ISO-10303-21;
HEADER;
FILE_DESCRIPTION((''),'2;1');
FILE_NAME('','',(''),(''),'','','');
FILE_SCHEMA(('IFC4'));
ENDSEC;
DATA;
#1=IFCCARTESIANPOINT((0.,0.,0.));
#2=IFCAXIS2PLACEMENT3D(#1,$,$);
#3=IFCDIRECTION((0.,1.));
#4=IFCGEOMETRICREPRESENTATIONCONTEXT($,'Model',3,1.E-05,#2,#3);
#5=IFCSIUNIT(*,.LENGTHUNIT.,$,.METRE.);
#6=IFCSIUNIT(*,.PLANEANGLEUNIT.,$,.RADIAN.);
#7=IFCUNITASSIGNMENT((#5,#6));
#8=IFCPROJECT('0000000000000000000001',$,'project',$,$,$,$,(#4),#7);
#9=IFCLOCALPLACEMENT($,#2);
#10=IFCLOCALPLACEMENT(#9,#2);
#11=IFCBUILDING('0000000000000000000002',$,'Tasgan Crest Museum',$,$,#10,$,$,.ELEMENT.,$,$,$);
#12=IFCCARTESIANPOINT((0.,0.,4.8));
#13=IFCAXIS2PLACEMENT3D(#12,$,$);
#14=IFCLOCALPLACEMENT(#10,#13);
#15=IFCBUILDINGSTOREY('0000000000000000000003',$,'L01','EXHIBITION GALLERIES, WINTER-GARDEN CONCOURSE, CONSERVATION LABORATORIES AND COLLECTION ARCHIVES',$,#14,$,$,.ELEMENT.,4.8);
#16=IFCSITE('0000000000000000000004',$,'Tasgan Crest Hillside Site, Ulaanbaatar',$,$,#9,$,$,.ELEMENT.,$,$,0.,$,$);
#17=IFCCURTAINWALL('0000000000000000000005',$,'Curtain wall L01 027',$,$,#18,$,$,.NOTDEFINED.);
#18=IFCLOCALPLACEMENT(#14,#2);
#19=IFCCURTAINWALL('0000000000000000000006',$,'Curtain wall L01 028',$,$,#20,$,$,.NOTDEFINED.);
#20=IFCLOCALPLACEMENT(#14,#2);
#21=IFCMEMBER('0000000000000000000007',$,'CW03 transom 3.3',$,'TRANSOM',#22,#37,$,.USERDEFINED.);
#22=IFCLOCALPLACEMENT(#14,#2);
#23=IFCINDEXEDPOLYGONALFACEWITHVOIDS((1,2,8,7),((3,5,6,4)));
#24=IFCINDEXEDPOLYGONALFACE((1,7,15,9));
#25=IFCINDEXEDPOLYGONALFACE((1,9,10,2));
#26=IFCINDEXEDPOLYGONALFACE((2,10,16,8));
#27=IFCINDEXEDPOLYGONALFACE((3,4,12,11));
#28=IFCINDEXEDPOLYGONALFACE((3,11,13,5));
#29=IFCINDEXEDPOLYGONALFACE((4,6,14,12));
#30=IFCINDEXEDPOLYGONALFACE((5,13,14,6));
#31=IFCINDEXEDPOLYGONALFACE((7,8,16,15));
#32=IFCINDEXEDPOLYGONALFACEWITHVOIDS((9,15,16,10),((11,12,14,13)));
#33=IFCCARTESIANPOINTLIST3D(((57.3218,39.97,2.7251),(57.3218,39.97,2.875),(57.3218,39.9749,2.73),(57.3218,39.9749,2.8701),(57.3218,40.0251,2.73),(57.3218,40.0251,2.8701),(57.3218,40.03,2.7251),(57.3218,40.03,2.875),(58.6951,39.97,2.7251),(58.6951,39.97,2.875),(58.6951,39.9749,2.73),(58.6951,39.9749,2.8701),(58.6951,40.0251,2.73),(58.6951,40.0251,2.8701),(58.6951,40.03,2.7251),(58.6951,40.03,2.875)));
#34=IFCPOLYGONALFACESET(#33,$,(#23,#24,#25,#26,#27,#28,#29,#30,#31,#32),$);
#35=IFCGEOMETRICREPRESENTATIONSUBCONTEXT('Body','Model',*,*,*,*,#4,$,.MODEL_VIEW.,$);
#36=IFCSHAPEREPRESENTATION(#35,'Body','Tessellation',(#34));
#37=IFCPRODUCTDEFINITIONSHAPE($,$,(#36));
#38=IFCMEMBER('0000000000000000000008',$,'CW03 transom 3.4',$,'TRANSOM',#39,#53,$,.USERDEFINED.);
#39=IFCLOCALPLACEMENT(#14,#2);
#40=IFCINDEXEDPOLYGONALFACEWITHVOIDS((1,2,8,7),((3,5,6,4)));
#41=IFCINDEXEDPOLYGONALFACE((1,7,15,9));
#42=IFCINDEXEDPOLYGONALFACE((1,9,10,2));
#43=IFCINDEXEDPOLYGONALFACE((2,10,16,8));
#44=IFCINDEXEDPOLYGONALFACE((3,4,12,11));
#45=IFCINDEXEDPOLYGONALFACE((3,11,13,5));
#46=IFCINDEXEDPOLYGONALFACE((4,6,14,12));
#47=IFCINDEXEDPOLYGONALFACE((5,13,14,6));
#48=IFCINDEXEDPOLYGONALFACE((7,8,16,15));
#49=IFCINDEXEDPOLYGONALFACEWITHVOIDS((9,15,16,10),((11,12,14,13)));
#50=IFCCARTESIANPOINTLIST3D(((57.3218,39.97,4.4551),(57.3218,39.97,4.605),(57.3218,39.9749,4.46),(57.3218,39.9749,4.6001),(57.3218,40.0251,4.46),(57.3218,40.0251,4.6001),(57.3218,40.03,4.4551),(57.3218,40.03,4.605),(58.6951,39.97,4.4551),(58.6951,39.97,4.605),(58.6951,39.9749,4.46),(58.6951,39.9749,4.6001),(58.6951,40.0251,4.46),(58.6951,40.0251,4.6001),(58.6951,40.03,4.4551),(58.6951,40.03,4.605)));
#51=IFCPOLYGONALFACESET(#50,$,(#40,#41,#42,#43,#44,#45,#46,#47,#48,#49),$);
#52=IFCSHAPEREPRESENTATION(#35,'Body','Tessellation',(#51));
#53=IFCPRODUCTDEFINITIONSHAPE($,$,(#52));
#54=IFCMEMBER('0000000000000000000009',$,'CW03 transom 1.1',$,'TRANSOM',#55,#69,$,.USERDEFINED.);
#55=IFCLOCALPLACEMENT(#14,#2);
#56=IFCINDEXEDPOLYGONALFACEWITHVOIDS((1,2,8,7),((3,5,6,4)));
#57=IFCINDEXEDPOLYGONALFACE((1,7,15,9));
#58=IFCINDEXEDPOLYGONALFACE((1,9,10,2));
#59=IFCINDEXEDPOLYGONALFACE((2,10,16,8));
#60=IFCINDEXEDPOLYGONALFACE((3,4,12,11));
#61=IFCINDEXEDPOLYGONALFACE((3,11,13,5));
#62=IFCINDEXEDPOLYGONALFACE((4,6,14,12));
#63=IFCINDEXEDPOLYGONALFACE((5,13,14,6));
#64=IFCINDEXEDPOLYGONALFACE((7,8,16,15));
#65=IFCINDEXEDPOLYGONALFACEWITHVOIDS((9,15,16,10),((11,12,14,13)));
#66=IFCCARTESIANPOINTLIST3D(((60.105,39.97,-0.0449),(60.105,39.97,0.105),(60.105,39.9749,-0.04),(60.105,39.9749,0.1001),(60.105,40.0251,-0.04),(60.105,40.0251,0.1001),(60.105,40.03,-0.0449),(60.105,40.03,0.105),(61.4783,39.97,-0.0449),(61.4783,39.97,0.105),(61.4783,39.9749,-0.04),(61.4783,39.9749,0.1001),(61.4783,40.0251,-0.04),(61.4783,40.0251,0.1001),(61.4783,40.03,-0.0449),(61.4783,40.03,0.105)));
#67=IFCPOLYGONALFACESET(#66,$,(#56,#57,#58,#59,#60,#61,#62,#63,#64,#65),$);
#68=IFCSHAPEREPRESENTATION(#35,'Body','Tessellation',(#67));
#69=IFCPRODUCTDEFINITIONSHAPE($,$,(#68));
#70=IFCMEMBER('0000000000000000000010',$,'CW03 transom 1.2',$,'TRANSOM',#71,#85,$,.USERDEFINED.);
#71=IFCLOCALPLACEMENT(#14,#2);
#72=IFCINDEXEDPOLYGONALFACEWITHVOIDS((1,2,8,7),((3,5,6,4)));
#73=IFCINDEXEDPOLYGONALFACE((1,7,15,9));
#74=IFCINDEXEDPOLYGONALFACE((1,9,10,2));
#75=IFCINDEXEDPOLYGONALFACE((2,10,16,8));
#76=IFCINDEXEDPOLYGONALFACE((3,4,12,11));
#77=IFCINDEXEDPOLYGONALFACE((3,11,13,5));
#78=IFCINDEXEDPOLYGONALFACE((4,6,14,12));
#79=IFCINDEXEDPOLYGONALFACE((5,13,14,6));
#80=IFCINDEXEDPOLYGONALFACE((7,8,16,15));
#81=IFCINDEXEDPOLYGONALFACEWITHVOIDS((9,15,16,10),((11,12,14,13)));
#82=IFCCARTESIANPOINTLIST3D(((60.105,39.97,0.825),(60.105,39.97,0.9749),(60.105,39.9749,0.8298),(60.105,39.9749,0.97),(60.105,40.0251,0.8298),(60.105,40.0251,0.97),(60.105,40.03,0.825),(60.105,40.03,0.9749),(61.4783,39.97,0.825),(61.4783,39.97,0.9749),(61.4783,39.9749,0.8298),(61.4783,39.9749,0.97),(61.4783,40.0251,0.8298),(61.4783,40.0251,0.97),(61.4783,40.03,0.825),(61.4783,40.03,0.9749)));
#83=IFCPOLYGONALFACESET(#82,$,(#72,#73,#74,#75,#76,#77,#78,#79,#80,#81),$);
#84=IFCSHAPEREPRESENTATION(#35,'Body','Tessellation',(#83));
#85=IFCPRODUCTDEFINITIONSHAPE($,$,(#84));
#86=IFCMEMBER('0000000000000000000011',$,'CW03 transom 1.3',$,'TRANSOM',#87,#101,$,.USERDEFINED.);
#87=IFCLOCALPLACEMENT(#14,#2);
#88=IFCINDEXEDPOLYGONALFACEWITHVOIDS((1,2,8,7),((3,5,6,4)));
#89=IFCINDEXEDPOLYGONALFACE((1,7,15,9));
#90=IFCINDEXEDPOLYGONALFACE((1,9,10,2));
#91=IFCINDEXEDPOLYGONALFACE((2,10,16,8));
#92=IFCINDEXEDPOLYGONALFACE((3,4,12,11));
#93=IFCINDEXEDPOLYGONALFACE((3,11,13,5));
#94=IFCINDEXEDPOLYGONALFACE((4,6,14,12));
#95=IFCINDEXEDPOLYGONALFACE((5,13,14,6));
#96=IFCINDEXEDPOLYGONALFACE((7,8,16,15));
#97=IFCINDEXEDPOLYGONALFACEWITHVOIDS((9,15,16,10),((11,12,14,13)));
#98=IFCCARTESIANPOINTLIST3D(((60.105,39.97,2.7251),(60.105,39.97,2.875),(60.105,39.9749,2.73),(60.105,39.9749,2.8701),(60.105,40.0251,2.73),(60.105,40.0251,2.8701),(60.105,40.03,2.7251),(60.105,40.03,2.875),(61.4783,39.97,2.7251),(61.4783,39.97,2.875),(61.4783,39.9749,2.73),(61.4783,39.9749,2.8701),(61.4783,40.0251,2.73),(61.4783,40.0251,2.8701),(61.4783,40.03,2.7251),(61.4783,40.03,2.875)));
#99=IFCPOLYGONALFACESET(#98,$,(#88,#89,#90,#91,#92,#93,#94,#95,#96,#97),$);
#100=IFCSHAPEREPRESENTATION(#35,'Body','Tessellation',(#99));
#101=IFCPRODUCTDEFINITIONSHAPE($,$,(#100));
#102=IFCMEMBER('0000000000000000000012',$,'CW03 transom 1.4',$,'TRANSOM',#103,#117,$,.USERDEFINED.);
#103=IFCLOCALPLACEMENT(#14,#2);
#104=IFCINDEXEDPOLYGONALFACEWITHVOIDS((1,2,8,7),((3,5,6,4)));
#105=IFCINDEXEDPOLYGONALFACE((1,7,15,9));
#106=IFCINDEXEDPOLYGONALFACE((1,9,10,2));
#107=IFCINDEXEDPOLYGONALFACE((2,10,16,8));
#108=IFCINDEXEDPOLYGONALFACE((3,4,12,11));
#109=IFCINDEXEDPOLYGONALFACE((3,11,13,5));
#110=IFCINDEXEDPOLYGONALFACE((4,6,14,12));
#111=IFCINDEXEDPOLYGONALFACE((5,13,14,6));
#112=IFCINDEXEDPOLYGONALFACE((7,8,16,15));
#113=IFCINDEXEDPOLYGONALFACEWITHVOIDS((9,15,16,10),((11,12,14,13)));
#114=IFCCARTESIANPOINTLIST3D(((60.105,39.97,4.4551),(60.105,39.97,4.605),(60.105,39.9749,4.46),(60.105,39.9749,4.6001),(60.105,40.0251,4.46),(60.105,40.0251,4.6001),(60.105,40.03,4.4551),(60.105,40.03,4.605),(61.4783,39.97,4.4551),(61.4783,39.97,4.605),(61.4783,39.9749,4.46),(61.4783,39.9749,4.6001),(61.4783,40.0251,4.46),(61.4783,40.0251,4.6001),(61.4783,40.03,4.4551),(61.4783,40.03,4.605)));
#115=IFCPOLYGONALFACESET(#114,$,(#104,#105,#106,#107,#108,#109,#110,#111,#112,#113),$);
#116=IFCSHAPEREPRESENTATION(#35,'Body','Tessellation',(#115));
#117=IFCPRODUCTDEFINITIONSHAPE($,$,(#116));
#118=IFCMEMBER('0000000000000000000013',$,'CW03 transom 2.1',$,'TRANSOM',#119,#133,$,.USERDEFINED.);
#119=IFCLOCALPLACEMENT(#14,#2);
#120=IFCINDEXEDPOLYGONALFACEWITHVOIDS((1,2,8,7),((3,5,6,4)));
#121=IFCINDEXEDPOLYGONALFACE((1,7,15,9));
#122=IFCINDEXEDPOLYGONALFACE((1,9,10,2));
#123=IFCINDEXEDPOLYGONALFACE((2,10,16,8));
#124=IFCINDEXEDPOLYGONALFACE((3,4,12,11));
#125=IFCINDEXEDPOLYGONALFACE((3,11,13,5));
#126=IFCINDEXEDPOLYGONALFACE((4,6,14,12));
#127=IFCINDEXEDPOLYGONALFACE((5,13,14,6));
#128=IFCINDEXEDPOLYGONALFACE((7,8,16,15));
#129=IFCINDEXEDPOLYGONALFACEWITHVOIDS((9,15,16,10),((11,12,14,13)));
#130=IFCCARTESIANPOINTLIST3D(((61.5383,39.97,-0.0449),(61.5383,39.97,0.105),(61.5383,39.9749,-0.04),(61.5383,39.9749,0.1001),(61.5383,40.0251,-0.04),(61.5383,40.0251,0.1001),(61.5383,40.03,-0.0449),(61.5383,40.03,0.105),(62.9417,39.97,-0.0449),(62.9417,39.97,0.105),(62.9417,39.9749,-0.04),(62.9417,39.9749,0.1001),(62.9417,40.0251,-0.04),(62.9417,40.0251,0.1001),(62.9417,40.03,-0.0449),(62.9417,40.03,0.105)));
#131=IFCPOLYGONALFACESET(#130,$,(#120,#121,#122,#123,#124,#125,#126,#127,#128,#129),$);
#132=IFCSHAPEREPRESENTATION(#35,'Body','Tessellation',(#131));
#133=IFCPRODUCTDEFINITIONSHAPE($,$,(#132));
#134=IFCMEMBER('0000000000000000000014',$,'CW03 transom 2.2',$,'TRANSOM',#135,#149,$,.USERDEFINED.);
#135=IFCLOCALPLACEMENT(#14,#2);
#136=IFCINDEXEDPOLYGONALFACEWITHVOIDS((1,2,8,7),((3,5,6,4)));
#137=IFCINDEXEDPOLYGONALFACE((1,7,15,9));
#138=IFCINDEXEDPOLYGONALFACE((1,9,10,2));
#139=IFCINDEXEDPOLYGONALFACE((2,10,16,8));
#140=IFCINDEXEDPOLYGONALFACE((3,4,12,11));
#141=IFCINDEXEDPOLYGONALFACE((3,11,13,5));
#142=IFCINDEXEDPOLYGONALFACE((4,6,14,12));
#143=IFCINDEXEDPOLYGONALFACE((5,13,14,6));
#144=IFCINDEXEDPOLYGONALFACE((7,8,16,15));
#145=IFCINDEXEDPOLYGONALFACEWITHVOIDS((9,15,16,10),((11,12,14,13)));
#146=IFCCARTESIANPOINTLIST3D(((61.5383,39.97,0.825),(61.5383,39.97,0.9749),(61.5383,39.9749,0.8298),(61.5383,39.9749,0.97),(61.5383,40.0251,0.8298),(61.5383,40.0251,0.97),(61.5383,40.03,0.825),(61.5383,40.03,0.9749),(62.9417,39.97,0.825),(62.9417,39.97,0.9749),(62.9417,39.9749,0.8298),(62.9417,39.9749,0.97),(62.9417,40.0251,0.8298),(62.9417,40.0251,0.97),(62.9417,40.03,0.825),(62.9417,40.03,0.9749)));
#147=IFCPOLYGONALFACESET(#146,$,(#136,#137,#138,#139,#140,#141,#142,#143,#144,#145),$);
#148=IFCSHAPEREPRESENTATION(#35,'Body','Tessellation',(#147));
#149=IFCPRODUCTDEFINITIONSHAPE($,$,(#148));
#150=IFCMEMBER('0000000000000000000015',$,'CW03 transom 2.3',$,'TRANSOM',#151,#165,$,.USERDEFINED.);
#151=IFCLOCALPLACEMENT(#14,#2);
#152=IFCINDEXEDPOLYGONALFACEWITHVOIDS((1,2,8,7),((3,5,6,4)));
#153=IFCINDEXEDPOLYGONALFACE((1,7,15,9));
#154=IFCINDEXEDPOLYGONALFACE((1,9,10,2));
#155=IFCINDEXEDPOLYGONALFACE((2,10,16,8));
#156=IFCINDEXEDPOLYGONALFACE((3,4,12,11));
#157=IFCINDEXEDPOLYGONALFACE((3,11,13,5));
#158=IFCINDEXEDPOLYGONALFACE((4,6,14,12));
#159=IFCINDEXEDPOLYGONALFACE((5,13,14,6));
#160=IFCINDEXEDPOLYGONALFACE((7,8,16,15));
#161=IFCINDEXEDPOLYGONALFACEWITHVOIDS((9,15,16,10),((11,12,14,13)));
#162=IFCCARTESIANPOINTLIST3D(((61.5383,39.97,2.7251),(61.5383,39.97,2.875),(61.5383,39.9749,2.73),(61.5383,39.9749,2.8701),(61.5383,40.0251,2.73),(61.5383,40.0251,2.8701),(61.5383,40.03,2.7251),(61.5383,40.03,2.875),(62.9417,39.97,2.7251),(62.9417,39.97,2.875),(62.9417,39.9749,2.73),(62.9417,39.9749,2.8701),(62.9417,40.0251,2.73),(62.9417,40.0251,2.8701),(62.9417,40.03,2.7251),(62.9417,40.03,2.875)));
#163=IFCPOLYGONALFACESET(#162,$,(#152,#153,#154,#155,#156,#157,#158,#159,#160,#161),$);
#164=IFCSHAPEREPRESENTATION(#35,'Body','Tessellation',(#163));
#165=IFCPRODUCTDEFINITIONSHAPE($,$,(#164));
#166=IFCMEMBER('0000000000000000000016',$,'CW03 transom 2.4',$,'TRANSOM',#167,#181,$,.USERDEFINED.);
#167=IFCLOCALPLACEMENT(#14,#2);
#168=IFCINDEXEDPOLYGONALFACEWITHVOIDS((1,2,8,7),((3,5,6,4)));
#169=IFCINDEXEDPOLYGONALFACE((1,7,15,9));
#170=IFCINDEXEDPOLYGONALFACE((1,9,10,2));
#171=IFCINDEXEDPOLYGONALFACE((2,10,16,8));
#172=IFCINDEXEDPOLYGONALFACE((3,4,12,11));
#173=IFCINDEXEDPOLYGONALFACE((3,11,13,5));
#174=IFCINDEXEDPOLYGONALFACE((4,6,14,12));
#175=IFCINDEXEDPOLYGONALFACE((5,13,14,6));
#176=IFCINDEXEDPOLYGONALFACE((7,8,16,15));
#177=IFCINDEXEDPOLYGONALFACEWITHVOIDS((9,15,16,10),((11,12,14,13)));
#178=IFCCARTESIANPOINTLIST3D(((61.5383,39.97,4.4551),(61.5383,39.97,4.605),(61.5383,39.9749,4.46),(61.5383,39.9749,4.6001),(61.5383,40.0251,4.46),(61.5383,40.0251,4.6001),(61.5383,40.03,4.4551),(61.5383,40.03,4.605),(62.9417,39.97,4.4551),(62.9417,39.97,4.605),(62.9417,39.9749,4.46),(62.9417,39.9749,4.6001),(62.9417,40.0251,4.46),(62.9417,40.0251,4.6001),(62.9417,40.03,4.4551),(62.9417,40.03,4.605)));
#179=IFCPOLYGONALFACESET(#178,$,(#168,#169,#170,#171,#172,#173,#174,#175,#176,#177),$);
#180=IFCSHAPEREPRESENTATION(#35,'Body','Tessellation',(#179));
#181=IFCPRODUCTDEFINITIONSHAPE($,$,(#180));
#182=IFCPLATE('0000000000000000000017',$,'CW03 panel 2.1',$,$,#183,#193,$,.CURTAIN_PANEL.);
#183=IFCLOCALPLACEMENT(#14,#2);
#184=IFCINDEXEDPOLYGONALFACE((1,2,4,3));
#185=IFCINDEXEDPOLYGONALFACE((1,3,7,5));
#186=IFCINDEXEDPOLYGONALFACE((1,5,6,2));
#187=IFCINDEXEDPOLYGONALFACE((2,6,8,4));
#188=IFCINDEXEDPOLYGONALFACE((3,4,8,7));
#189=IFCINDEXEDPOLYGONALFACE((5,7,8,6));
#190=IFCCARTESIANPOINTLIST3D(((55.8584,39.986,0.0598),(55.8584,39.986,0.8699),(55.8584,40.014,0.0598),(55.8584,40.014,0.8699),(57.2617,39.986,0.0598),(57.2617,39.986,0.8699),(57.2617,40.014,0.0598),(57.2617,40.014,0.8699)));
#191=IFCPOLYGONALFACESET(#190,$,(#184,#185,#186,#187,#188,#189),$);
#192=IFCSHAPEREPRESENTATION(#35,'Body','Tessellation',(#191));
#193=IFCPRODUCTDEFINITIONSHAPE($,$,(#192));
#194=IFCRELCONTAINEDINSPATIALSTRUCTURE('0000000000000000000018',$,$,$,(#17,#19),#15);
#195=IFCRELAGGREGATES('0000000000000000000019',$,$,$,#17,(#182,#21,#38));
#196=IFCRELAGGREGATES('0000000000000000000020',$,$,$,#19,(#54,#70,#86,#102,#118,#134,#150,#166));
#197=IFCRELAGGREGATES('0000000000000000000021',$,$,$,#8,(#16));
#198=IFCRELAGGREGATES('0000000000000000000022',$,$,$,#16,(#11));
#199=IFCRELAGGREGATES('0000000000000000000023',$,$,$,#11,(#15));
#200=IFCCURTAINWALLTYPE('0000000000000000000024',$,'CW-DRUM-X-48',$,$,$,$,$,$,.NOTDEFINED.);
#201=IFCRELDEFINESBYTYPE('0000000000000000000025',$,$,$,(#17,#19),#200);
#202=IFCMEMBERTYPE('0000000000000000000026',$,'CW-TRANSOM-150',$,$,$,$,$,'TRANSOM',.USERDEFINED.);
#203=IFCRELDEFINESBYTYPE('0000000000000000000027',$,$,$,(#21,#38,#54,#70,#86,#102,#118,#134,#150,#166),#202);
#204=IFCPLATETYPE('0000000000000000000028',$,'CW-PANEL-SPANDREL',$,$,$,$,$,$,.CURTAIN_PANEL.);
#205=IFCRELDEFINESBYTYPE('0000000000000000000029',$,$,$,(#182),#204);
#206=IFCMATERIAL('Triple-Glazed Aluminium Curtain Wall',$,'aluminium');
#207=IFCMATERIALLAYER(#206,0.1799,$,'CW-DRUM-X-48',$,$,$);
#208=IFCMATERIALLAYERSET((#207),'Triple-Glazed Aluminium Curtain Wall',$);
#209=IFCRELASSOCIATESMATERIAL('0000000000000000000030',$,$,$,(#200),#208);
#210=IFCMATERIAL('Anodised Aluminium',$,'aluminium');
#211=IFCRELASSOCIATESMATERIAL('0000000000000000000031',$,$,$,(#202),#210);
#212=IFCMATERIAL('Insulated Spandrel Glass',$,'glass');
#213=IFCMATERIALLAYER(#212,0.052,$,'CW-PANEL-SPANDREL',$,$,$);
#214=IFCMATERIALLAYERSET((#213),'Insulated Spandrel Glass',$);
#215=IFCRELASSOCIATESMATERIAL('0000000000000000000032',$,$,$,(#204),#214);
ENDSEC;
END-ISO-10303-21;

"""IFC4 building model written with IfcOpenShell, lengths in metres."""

from ifc_helpers import new_model, si_unit, direction, frame, origin, origin_2d, place, context, subcontext, project, spatial, rectangle, hollow_rectangle, extrude, material, layer, layer_set, material_profile, profile_set, type_object, element, aggregate, save


model = new_model("IFC4")

# Units and contexts
model_context = context("Model", 3, precision=1e-05, world=origin(), true_north=direction((0.0, 1.0)))
body_context = subcontext(model_context, "Body", "Model", "MODEL_VIEW")
ifc_project = project(units=[si_unit("LENGTHUNIT", "METRE"), si_unit("PLANEANGLEUNIT", "RADIAN")], contexts=[model_context])

# Site, building, storey
site_placement = place(None, origin())
site = spatial("IfcSite", under=ifc_project, at=site_placement, Name="Tasgan Crest Hillside Site, Ulaanbaatar", CompositionType="ELEMENT", RefElevation=0.0)
building_placement = place(site_placement, origin())
building = spatial("IfcBuilding", under=site, at=building_placement, Name="Tasgan Crest Museum", CompositionType="ELEMENT")
storey_placement = place(building_placement, frame((0.0, 0.0, 4.8)))
storey = spatial("IfcBuildingStorey", under=building, at=storey_placement, Name="L01", Description="EXHIBITION GALLERIES, WINTER-GARDEN CONCOURSE, CONSERVATION LABORATORIES AND COLLECTION ARCHIVES", CompositionType="ELEMENT", Elevation=4.8)

# Curtain walls
ifc_material_1 = material(Name="Triple-Glazed Aluminium Curtain Wall", Category="aluminium")
ifc_layer_1 = layer(ifc_material_1, 0.1799, Name="CW-DRUM-X-48")
ifc_layer_set_1 = layer_set([ifc_layer_1], Name="Triple-Glazed Aluminium Curtain Wall")
curtain_wall_type = type_object("IfcCurtainWallType", Name="CW-DRUM-X-48", PredefinedType="NOTDEFINED", material=ifc_layer_set_1)
curtain_wall_1_placement = place(storey_placement, origin())
curtain_wall_1 = element("IfcCurtainWall", 1, at=curtain_wall_1_placement, inside=storey, type_object=curtain_wall_type, Name="Curtain wall L01 027", PredefinedType="NOTDEFINED")
curtain_wall_2_placement = place(storey_placement, origin())
curtain_wall_2 = element("IfcCurtainWall", 2, at=curtain_wall_2_placement, inside=storey, type_object=curtain_wall_type, Name="Curtain wall L01 028", PredefinedType="NOTDEFINED")

# Members
ifc_material_2 = material(Name="Anodised Aluminium", Category="aluminium")
ifc_material_profile_1 = material_profile(ifc_material_2, hollow_rectangle(XDim=0.0601, YDim=0.1499, WallThickness=0.0049, at=origin_2d()), Name="ALU TRANSOM 150x60x5")
ifc_profile_set_1 = profile_set([ifc_material_profile_1], Name="Anodised Aluminium")
member_type_1 = type_object("IfcMemberType", Name="CW-TRANSOM-150", ElementType="TRANSOM", PredefinedType="USERDEFINED", material=ifc_profile_set_1)
member_1_placement = place(storey_placement, frame((57.3218, 40.0, 2.8), z_axis=(1.0, 0.0, 0.0), x_axis=(0.0, 1.0, 0.0)))
member_1 = element("IfcMember", 3, at=member_1_placement, type_object=member_type_1, Name="CW03 transom 3.3", ObjectType="TRANSOM", PredefinedType="USERDEFINED", context=body_context, shape_type="SweptSolid", body=[
    extrude(hollow_rectangle(XDim=0.0601, YDim=0.1499, WallThickness=0.0049, at=origin_2d()), origin(), (0.0, 0.0, 1.0), 1.3733),
])
member_2_placement = place(storey_placement, frame((57.3218, 40.0, 4.53), z_axis=(1.0, 0.0, 0.0), x_axis=(0.0, 1.0, 0.0)))
member_2 = element("IfcMember", 4, at=member_2_placement, type_object=member_type_1, Name="CW03 transom 3.4", ObjectType="TRANSOM", PredefinedType="USERDEFINED", context=body_context, shape_type="SweptSolid", body=[
    extrude(hollow_rectangle(XDim=0.0601, YDim=0.1499, WallThickness=0.0049, at=origin_2d()), origin(), (0.0, 0.0, 1.0), 1.3733),
])
member_3_placement = place(storey_placement, frame((60.105, 40.0, 0.03), z_axis=(1.0, 0.0, 0.0), x_axis=(0.0, 1.0, 0.0)))
member_3 = element("IfcMember", 5, at=member_3_placement, type_object=member_type_1, Name="CW03 transom 1.1", ObjectType="TRANSOM", PredefinedType="USERDEFINED", context=body_context, shape_type="SweptSolid", body=[
    extrude(hollow_rectangle(XDim=0.0601, YDim=0.1499, WallThickness=0.0049, at=origin_2d()), origin(), (0.0, 0.0, 1.0), 1.3733),
])
member_4_placement = place(storey_placement, frame((60.105, 40.0, 0.8999), z_axis=(1.0, 0.0, 0.0), x_axis=(0.0, 1.0, 0.0)))
member_4 = element("IfcMember", 6, at=member_4_placement, type_object=member_type_1, Name="CW03 transom 1.2", ObjectType="TRANSOM", PredefinedType="USERDEFINED", context=body_context, shape_type="SweptSolid", body=[
    extrude(hollow_rectangle(XDim=0.0601, YDim=0.1499, WallThickness=0.0049, at=origin_2d()), origin(), (0.0, 0.0, 1.0), 1.3733),
])
member_5_placement = place(storey_placement, frame((60.105, 40.0, 2.8), z_axis=(1.0, 0.0, 0.0), x_axis=(0.0, 1.0, 0.0)))
member_5 = element("IfcMember", 7, at=member_5_placement, type_object=member_type_1, Name="CW03 transom 1.3", ObjectType="TRANSOM", PredefinedType="USERDEFINED", context=body_context, shape_type="SweptSolid", body=[
    extrude(hollow_rectangle(XDim=0.0601, YDim=0.1499, WallThickness=0.0049, at=origin_2d()), origin(), (0.0, 0.0, 1.0), 1.3733),
])
member_6_placement = place(storey_placement, frame((60.105, 40.0, 4.53), z_axis=(1.0, 0.0, 0.0), x_axis=(0.0, 1.0, 0.0)))
member_6 = element("IfcMember", 8, at=member_6_placement, type_object=member_type_1, Name="CW03 transom 1.4", ObjectType="TRANSOM", PredefinedType="USERDEFINED", context=body_context, shape_type="SweptSolid", body=[
    extrude(hollow_rectangle(XDim=0.0601, YDim=0.1499, WallThickness=0.0049, at=origin_2d()), origin(), (0.0, 0.0, 1.0), 1.3733),
])
member_7_placement = place(storey_placement, frame((61.5383, 40.0, 0.03), z_axis=(1.0, 0.0, 0.0), x_axis=(0.0, 1.0, 0.0)))
member_7 = element("IfcMember", 9, at=member_7_placement, type_object=member_type_1, Name="CW03 transom 2.1", ObjectType="TRANSOM", PredefinedType="USERDEFINED", context=body_context, shape_type="SweptSolid", body=[
    extrude(hollow_rectangle(XDim=0.0601, YDim=0.1499, WallThickness=0.0049, at=origin_2d()), origin(), (0.0, 0.0, 1.0), 1.4033),
])
member_8_placement = place(storey_placement, frame((61.5383, 40.0, 0.8999), z_axis=(1.0, 0.0, 0.0), x_axis=(0.0, 1.0, 0.0)))
member_8 = element("IfcMember", 10, at=member_8_placement, type_object=member_type_1, Name="CW03 transom 2.2", ObjectType="TRANSOM", PredefinedType="USERDEFINED", context=body_context, shape_type="SweptSolid", body=[
    extrude(hollow_rectangle(XDim=0.0601, YDim=0.1499, WallThickness=0.0049, at=origin_2d()), origin(), (0.0, 0.0, 1.0), 1.4033),
])
member_9_placement = place(storey_placement, frame((61.5383, 40.0, 2.8), z_axis=(1.0, 0.0, 0.0), x_axis=(0.0, 1.0, 0.0)))
member_9 = element("IfcMember", 11, at=member_9_placement, type_object=member_type_1, Name="CW03 transom 2.3", ObjectType="TRANSOM", PredefinedType="USERDEFINED", context=body_context, shape_type="SweptSolid", body=[
    extrude(hollow_rectangle(XDim=0.0601, YDim=0.1499, WallThickness=0.0049, at=origin_2d()), origin(), (0.0, 0.0, 1.0), 1.4033),
])
member_10_placement = place(storey_placement, frame((61.5383, 40.0, 4.53), z_axis=(1.0, 0.0, 0.0), x_axis=(0.0, 1.0, 0.0)))
member_10 = element("IfcMember", 12, at=member_10_placement, type_object=member_type_1, Name="CW03 transom 2.4", ObjectType="TRANSOM", PredefinedType="USERDEFINED", context=body_context, shape_type="SweptSolid", body=[
    extrude(hollow_rectangle(XDim=0.0601, YDim=0.1499, WallThickness=0.0049, at=origin_2d()), origin(), (0.0, 0.0, 1.0), 1.4033),
])

# Plate
ifc_material_3 = material(Name="Insulated Spandrel Glass", Category="glass")
ifc_layer_2 = layer(ifc_material_3, 0.052, Name="CW-PANEL-SPANDREL")
ifc_layer_set_2 = layer_set([ifc_layer_2], Name="Insulated Spandrel Glass")
plate_type_1 = type_object("IfcPlateType", Name="CW-PANEL-SPANDREL", PredefinedType="CURTAIN_PANEL", material=ifc_layer_set_2)
plate_1_placement = place(storey_placement, frame((56.5601, 40.0, 0.0598), z_axis=(0.0, 0.0, 1.0), x_axis=(1.0, 0.0, 0.0)))
plate_1 = element("IfcPlate", 13, at=plate_1_placement, type_object=plate_type_1, Name="CW03 panel 2.1", PredefinedType="CURTAIN_PANEL", context=body_context, shape_type="SweptSolid", body=[
    extrude(rectangle(XDim=1.4033, YDim=0.0281, at=origin_2d()), origin(), (0.0, 0.0, 1.0), 0.8101),
])
aggregate(curtain_wall_1, [plate_1, member_1, member_2])
aggregate(curtain_wall_2, [member_3, member_4, member_5, member_6, member_7, member_8, member_9, member_10])

save(model, "model.ifc")
